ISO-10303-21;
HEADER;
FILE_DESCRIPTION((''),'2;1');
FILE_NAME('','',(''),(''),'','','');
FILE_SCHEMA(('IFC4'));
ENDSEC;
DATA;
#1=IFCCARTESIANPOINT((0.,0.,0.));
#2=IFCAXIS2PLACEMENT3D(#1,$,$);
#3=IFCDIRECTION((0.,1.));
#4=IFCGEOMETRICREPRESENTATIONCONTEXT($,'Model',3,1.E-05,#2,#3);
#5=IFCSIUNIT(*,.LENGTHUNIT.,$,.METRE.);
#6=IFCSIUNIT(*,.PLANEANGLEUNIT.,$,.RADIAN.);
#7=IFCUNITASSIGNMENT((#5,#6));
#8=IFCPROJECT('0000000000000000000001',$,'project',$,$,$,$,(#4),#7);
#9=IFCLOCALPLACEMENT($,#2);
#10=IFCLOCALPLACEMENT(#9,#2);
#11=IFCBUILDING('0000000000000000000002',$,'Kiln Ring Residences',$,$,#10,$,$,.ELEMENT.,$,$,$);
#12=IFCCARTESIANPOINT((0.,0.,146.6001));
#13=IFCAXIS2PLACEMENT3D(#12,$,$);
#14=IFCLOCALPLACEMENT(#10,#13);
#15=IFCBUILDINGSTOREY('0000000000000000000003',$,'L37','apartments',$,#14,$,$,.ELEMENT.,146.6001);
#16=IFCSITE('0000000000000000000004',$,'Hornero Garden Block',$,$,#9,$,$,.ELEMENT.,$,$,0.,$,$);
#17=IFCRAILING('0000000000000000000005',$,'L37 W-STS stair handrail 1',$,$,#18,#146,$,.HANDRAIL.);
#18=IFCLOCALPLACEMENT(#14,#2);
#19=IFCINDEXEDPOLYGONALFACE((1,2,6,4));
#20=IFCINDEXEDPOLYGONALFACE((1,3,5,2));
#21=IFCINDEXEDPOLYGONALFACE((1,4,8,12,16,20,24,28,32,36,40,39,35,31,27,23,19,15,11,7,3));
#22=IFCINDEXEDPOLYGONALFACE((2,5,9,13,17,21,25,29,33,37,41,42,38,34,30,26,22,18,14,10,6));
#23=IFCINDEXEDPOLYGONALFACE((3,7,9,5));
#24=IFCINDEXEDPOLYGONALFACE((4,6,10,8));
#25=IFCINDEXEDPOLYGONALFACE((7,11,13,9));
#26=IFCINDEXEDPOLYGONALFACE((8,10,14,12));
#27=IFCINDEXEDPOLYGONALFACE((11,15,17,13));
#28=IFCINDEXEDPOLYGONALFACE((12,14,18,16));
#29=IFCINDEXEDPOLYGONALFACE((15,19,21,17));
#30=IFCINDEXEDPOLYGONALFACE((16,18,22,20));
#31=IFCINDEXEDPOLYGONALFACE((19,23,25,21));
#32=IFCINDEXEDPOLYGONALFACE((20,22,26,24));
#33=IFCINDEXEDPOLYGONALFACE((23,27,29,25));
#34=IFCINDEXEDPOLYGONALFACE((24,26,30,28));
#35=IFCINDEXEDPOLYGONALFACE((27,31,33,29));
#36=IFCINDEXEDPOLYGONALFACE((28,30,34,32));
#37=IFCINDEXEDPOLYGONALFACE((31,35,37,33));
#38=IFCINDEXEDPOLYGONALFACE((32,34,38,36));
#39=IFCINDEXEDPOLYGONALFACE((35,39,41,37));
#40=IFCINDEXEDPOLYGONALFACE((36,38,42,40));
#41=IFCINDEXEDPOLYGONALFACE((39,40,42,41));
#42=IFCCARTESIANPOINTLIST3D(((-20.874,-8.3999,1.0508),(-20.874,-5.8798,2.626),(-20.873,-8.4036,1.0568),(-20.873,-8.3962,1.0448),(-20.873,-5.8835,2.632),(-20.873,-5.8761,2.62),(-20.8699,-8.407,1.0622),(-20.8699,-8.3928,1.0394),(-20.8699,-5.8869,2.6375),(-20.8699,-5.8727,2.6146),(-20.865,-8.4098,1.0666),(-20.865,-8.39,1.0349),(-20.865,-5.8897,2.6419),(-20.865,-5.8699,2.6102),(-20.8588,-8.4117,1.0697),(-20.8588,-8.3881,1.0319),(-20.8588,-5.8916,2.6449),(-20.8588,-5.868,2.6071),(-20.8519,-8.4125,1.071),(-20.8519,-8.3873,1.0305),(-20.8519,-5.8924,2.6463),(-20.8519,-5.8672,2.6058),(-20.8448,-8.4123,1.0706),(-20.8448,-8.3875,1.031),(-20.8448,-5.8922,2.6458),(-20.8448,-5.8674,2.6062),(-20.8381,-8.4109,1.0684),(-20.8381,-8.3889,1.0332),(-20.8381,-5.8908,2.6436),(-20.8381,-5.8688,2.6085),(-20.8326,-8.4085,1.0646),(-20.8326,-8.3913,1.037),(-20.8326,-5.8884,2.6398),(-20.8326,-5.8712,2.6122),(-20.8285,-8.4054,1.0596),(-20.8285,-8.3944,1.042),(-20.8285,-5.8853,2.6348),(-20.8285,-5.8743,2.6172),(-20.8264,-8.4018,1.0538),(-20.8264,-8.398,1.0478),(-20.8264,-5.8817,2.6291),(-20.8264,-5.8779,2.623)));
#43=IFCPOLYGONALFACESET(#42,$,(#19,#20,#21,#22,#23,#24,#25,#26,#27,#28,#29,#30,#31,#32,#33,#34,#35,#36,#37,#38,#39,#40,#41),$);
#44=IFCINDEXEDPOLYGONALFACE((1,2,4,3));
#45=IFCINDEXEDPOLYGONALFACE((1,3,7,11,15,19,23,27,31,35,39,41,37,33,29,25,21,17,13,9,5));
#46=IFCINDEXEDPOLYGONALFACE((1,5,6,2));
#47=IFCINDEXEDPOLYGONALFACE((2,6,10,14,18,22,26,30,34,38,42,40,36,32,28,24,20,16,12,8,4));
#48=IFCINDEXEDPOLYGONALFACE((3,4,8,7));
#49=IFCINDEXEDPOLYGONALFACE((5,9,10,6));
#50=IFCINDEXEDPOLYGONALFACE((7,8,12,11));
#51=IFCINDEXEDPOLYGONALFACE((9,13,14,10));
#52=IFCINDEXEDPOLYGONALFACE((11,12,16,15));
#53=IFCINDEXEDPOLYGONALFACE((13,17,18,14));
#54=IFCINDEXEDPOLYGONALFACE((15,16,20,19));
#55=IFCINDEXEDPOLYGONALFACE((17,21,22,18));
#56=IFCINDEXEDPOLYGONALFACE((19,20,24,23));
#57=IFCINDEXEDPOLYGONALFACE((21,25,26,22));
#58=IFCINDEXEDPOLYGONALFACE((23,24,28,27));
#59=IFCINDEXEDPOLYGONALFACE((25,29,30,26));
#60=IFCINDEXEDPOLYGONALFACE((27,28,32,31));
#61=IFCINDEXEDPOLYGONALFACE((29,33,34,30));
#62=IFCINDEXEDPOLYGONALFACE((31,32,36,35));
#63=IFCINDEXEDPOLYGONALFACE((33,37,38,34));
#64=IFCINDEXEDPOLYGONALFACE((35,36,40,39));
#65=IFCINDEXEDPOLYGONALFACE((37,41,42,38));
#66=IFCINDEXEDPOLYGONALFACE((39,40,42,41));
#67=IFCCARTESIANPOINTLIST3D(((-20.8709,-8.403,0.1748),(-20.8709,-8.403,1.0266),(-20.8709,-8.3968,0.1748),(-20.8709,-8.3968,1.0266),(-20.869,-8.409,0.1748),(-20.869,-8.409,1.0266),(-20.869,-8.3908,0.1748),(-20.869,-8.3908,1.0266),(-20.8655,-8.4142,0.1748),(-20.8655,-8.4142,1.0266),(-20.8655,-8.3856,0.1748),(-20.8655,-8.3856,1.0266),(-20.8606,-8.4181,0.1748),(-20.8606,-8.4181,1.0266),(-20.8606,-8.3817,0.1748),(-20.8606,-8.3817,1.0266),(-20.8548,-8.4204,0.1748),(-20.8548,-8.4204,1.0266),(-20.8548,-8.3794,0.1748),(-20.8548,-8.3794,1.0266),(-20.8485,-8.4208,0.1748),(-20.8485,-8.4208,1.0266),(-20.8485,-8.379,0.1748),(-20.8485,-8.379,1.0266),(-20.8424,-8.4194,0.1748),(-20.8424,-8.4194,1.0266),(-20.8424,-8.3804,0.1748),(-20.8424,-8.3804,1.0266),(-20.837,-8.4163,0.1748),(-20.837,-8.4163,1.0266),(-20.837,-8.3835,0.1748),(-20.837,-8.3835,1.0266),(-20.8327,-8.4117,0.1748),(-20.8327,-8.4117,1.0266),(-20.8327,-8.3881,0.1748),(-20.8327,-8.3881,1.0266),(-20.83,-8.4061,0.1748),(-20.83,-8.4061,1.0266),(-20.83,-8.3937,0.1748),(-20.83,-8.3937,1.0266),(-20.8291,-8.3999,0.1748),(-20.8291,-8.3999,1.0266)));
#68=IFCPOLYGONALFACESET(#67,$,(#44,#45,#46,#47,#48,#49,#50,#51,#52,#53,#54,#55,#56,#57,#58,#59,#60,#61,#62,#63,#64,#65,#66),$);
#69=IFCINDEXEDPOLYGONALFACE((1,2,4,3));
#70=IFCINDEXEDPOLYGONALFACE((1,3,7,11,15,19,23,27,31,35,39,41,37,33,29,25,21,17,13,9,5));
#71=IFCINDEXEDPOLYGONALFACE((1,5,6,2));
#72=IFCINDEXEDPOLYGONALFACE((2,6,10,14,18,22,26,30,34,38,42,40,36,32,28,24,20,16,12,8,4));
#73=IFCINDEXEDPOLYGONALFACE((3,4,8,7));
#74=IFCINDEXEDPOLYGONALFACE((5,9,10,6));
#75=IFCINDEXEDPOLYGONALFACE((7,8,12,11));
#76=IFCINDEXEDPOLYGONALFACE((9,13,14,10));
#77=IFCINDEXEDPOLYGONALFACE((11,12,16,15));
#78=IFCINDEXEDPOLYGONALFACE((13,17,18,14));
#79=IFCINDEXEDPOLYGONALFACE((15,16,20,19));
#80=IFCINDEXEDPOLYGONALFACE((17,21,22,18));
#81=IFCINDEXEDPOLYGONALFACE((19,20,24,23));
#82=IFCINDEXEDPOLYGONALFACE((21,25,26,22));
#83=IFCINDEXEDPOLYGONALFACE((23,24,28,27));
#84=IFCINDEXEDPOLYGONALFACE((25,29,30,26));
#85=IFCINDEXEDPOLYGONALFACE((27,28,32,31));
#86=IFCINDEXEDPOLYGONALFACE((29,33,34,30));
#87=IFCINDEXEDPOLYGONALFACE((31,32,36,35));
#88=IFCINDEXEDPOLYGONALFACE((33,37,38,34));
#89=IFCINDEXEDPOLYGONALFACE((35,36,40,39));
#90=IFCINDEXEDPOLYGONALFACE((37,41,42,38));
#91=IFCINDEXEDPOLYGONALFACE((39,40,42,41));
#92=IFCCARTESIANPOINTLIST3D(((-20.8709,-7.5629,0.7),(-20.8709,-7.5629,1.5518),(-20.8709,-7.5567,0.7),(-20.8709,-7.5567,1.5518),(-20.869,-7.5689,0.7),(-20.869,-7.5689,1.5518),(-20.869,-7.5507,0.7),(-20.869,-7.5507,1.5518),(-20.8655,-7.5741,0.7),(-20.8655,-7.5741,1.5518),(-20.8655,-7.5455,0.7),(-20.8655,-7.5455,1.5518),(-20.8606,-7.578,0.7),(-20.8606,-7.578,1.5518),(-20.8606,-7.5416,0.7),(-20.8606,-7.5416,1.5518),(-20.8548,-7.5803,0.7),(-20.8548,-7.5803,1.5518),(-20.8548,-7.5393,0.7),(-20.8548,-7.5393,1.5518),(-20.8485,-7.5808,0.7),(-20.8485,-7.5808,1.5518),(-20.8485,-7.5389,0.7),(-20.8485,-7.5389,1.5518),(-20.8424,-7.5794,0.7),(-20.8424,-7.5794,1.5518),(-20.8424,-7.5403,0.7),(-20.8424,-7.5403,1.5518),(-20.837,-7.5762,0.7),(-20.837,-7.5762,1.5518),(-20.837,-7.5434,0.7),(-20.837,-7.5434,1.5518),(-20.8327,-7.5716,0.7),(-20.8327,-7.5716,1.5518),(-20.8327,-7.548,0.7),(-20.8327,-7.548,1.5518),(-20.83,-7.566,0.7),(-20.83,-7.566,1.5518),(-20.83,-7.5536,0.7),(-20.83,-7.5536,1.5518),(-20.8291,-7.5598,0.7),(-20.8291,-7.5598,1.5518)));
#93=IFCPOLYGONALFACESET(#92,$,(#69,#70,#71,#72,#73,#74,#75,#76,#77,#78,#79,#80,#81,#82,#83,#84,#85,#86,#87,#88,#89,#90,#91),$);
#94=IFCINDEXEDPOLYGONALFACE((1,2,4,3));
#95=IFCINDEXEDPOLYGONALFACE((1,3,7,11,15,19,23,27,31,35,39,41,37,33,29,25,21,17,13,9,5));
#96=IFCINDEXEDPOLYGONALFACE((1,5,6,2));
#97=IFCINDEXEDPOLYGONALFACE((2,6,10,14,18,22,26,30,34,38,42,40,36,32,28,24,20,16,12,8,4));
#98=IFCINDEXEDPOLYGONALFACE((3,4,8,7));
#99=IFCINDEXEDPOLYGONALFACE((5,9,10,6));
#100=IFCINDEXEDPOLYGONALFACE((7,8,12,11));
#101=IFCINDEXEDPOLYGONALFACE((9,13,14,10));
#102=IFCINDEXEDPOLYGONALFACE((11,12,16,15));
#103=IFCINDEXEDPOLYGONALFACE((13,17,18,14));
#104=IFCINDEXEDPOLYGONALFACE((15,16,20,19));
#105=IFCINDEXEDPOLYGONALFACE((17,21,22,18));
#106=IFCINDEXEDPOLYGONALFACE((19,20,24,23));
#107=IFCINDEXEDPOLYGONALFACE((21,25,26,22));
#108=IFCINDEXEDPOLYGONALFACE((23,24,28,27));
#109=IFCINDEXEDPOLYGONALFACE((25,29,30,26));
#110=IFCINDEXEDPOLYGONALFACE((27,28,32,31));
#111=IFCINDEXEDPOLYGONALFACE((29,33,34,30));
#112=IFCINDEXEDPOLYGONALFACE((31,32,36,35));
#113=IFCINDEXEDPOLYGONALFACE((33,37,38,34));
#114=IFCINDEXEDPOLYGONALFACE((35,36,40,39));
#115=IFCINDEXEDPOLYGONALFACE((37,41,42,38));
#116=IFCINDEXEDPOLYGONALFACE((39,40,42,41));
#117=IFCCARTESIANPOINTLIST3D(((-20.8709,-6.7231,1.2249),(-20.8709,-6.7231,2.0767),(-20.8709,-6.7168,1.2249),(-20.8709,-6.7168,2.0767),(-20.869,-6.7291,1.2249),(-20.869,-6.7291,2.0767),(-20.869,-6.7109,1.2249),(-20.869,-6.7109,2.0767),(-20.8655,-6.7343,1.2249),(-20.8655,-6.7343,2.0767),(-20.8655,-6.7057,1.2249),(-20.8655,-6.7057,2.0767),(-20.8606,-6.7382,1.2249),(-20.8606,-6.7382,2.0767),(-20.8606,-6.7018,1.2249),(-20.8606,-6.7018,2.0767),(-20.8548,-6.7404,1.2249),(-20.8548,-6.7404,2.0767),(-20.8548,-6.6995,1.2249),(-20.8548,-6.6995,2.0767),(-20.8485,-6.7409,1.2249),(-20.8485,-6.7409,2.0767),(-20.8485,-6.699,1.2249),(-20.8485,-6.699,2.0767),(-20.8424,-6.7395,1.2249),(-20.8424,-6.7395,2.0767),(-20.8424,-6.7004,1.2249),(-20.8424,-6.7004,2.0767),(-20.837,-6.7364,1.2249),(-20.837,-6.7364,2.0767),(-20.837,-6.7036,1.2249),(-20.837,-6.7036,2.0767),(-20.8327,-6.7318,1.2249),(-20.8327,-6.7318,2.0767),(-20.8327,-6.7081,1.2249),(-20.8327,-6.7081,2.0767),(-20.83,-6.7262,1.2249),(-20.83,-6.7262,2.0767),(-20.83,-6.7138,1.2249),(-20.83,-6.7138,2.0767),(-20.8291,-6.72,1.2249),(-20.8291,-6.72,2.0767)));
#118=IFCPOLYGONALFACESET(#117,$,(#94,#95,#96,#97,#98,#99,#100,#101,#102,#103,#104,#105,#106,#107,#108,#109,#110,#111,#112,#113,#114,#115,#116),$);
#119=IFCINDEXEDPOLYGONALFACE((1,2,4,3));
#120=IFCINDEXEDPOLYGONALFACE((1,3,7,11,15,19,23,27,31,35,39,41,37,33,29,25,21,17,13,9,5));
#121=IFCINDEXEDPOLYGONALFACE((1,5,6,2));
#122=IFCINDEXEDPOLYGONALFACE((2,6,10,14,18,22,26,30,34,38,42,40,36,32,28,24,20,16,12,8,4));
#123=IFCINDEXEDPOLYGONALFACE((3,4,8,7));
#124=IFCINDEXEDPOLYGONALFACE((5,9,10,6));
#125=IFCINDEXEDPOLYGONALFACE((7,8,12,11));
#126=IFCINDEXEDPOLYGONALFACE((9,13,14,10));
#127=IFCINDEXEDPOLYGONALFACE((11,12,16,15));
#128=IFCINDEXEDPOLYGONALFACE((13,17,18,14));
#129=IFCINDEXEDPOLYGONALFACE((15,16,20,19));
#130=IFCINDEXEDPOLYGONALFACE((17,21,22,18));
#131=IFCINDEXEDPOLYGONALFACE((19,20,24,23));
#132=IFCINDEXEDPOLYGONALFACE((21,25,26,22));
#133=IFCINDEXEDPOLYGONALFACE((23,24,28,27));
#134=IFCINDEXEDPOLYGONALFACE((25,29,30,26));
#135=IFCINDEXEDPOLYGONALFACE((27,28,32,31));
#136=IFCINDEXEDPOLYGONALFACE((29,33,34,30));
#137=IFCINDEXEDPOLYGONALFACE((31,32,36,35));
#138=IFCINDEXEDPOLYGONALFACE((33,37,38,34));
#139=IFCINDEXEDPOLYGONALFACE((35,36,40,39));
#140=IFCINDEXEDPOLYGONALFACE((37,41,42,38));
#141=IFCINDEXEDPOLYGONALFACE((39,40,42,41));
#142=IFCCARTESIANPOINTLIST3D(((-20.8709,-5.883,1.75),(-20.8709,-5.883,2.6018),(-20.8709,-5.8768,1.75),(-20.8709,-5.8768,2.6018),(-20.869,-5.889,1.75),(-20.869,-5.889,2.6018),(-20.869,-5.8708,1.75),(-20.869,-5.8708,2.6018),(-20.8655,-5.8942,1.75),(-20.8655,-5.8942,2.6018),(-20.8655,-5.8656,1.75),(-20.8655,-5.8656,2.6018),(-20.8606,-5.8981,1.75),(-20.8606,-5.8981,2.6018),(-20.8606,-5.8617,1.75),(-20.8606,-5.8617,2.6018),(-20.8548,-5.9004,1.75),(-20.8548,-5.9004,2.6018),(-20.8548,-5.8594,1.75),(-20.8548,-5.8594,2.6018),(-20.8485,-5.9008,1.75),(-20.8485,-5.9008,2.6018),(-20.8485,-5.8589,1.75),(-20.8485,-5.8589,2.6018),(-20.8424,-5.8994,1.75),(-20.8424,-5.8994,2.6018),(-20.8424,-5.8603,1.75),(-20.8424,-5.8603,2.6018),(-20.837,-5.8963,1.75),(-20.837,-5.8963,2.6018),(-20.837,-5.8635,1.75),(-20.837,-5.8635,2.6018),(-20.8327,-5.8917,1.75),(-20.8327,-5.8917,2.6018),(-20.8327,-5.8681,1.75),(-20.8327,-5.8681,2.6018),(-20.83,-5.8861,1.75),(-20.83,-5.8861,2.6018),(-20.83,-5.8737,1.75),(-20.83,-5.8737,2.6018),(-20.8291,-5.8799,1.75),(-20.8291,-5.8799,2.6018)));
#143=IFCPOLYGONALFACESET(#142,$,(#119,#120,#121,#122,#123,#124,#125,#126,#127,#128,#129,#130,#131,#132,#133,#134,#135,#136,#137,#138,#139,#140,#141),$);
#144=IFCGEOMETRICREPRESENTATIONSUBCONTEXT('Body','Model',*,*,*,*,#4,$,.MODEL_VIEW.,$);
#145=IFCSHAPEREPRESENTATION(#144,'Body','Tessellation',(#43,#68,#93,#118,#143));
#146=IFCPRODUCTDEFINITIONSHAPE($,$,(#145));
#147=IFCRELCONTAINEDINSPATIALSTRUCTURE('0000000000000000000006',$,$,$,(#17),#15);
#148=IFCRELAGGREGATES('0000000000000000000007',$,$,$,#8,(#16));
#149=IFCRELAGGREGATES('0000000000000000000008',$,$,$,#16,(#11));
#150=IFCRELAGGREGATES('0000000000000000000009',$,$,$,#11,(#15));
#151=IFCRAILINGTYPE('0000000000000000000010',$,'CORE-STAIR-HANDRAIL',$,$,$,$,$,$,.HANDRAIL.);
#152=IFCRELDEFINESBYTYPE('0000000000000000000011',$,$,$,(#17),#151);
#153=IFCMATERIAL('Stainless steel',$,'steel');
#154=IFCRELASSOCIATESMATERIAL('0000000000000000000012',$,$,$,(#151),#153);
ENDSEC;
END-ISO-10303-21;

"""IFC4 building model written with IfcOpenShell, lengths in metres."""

from ifc_helpers import new_model, si_unit, direction, frame, origin, origin_2d, place, context, subcontext, project, spatial, circle, extrude, material, type_object, element, save


model = new_model("IFC4")

# Units and contexts
model_context = context("Model", 3, precision=1e-05, world=origin(), true_north=direction((0.0, 1.0)))
body_context = subcontext(model_context, "Body", "Model", "MODEL_VIEW")
ifc_project = project(units=[si_unit("LENGTHUNIT", "METRE"), si_unit("PLANEANGLEUNIT", "RADIAN")], contexts=[model_context])

# Site, building, storey
site_placement = place(None, origin())
site = spatial("IfcSite", under=ifc_project, at=site_placement, Name="Hornero Garden Block", CompositionType="ELEMENT", RefElevation=0.0)
building_placement = place(site_placement, origin())
building = spatial("IfcBuilding", under=site, at=building_placement, Name="Kiln Ring Residences", CompositionType="ELEMENT")
storey_placement = place(building_placement, frame((0.0, 0.0, 146.6001)))
storey = spatial("IfcBuildingStorey", under=building, at=storey_placement, Name="L37", Description="apartments", CompositionType="ELEMENT", Elevation=146.6001)

# Railing
ifc_material_1 = material(Name="Stainless steel", Category="steel")
railing_type_1 = type_object("IfcRailingType", Name="CORE-STAIR-HANDRAIL", PredefinedType="HANDRAIL", material=ifc_material_1)
railing_1_placement = place(storey_placement, frame((-20.8501, -8.3999, 0.1748)))
element("IfcRailing", 1, at=railing_1_placement, inside=storey, type_object=railing_type_1, Name="L37 W-STS stair handrail 1", PredefinedType="HANDRAIL", context=body_context, shape_type="SweptSolid", body=[
    extrude(circle(Radius=0.0239, at=origin_2d()), frame((0.0, 0.0, 0.876), z_axis=(0.0, 0.847971, 0.530043), x_axis=(-1.0, 0.0, 0.0)), (0.0, 0.0, 1.0), 2.9719),
    extrude(circle(Radius=0.021, at=origin_2d()), origin(), (0.0, 0.0, 1.0), 0.8518),
    extrude(circle(Radius=0.021, at=origin_2d()), frame((0.0, 0.8401, 0.5251)), (0.0, 0.0, 1.0), 0.8518),
    extrude(circle(Radius=0.021, at=origin_2d()), frame((0.0, 1.6799, 1.05)), (0.0, 0.0, 1.0), 0.8518),
    extrude(circle(Radius=0.021, at=origin_2d()), frame((0.0, 2.52, 1.5752)), (0.0, 0.0, 1.0), 0.8518),
])

save(model, "model.ifc")
